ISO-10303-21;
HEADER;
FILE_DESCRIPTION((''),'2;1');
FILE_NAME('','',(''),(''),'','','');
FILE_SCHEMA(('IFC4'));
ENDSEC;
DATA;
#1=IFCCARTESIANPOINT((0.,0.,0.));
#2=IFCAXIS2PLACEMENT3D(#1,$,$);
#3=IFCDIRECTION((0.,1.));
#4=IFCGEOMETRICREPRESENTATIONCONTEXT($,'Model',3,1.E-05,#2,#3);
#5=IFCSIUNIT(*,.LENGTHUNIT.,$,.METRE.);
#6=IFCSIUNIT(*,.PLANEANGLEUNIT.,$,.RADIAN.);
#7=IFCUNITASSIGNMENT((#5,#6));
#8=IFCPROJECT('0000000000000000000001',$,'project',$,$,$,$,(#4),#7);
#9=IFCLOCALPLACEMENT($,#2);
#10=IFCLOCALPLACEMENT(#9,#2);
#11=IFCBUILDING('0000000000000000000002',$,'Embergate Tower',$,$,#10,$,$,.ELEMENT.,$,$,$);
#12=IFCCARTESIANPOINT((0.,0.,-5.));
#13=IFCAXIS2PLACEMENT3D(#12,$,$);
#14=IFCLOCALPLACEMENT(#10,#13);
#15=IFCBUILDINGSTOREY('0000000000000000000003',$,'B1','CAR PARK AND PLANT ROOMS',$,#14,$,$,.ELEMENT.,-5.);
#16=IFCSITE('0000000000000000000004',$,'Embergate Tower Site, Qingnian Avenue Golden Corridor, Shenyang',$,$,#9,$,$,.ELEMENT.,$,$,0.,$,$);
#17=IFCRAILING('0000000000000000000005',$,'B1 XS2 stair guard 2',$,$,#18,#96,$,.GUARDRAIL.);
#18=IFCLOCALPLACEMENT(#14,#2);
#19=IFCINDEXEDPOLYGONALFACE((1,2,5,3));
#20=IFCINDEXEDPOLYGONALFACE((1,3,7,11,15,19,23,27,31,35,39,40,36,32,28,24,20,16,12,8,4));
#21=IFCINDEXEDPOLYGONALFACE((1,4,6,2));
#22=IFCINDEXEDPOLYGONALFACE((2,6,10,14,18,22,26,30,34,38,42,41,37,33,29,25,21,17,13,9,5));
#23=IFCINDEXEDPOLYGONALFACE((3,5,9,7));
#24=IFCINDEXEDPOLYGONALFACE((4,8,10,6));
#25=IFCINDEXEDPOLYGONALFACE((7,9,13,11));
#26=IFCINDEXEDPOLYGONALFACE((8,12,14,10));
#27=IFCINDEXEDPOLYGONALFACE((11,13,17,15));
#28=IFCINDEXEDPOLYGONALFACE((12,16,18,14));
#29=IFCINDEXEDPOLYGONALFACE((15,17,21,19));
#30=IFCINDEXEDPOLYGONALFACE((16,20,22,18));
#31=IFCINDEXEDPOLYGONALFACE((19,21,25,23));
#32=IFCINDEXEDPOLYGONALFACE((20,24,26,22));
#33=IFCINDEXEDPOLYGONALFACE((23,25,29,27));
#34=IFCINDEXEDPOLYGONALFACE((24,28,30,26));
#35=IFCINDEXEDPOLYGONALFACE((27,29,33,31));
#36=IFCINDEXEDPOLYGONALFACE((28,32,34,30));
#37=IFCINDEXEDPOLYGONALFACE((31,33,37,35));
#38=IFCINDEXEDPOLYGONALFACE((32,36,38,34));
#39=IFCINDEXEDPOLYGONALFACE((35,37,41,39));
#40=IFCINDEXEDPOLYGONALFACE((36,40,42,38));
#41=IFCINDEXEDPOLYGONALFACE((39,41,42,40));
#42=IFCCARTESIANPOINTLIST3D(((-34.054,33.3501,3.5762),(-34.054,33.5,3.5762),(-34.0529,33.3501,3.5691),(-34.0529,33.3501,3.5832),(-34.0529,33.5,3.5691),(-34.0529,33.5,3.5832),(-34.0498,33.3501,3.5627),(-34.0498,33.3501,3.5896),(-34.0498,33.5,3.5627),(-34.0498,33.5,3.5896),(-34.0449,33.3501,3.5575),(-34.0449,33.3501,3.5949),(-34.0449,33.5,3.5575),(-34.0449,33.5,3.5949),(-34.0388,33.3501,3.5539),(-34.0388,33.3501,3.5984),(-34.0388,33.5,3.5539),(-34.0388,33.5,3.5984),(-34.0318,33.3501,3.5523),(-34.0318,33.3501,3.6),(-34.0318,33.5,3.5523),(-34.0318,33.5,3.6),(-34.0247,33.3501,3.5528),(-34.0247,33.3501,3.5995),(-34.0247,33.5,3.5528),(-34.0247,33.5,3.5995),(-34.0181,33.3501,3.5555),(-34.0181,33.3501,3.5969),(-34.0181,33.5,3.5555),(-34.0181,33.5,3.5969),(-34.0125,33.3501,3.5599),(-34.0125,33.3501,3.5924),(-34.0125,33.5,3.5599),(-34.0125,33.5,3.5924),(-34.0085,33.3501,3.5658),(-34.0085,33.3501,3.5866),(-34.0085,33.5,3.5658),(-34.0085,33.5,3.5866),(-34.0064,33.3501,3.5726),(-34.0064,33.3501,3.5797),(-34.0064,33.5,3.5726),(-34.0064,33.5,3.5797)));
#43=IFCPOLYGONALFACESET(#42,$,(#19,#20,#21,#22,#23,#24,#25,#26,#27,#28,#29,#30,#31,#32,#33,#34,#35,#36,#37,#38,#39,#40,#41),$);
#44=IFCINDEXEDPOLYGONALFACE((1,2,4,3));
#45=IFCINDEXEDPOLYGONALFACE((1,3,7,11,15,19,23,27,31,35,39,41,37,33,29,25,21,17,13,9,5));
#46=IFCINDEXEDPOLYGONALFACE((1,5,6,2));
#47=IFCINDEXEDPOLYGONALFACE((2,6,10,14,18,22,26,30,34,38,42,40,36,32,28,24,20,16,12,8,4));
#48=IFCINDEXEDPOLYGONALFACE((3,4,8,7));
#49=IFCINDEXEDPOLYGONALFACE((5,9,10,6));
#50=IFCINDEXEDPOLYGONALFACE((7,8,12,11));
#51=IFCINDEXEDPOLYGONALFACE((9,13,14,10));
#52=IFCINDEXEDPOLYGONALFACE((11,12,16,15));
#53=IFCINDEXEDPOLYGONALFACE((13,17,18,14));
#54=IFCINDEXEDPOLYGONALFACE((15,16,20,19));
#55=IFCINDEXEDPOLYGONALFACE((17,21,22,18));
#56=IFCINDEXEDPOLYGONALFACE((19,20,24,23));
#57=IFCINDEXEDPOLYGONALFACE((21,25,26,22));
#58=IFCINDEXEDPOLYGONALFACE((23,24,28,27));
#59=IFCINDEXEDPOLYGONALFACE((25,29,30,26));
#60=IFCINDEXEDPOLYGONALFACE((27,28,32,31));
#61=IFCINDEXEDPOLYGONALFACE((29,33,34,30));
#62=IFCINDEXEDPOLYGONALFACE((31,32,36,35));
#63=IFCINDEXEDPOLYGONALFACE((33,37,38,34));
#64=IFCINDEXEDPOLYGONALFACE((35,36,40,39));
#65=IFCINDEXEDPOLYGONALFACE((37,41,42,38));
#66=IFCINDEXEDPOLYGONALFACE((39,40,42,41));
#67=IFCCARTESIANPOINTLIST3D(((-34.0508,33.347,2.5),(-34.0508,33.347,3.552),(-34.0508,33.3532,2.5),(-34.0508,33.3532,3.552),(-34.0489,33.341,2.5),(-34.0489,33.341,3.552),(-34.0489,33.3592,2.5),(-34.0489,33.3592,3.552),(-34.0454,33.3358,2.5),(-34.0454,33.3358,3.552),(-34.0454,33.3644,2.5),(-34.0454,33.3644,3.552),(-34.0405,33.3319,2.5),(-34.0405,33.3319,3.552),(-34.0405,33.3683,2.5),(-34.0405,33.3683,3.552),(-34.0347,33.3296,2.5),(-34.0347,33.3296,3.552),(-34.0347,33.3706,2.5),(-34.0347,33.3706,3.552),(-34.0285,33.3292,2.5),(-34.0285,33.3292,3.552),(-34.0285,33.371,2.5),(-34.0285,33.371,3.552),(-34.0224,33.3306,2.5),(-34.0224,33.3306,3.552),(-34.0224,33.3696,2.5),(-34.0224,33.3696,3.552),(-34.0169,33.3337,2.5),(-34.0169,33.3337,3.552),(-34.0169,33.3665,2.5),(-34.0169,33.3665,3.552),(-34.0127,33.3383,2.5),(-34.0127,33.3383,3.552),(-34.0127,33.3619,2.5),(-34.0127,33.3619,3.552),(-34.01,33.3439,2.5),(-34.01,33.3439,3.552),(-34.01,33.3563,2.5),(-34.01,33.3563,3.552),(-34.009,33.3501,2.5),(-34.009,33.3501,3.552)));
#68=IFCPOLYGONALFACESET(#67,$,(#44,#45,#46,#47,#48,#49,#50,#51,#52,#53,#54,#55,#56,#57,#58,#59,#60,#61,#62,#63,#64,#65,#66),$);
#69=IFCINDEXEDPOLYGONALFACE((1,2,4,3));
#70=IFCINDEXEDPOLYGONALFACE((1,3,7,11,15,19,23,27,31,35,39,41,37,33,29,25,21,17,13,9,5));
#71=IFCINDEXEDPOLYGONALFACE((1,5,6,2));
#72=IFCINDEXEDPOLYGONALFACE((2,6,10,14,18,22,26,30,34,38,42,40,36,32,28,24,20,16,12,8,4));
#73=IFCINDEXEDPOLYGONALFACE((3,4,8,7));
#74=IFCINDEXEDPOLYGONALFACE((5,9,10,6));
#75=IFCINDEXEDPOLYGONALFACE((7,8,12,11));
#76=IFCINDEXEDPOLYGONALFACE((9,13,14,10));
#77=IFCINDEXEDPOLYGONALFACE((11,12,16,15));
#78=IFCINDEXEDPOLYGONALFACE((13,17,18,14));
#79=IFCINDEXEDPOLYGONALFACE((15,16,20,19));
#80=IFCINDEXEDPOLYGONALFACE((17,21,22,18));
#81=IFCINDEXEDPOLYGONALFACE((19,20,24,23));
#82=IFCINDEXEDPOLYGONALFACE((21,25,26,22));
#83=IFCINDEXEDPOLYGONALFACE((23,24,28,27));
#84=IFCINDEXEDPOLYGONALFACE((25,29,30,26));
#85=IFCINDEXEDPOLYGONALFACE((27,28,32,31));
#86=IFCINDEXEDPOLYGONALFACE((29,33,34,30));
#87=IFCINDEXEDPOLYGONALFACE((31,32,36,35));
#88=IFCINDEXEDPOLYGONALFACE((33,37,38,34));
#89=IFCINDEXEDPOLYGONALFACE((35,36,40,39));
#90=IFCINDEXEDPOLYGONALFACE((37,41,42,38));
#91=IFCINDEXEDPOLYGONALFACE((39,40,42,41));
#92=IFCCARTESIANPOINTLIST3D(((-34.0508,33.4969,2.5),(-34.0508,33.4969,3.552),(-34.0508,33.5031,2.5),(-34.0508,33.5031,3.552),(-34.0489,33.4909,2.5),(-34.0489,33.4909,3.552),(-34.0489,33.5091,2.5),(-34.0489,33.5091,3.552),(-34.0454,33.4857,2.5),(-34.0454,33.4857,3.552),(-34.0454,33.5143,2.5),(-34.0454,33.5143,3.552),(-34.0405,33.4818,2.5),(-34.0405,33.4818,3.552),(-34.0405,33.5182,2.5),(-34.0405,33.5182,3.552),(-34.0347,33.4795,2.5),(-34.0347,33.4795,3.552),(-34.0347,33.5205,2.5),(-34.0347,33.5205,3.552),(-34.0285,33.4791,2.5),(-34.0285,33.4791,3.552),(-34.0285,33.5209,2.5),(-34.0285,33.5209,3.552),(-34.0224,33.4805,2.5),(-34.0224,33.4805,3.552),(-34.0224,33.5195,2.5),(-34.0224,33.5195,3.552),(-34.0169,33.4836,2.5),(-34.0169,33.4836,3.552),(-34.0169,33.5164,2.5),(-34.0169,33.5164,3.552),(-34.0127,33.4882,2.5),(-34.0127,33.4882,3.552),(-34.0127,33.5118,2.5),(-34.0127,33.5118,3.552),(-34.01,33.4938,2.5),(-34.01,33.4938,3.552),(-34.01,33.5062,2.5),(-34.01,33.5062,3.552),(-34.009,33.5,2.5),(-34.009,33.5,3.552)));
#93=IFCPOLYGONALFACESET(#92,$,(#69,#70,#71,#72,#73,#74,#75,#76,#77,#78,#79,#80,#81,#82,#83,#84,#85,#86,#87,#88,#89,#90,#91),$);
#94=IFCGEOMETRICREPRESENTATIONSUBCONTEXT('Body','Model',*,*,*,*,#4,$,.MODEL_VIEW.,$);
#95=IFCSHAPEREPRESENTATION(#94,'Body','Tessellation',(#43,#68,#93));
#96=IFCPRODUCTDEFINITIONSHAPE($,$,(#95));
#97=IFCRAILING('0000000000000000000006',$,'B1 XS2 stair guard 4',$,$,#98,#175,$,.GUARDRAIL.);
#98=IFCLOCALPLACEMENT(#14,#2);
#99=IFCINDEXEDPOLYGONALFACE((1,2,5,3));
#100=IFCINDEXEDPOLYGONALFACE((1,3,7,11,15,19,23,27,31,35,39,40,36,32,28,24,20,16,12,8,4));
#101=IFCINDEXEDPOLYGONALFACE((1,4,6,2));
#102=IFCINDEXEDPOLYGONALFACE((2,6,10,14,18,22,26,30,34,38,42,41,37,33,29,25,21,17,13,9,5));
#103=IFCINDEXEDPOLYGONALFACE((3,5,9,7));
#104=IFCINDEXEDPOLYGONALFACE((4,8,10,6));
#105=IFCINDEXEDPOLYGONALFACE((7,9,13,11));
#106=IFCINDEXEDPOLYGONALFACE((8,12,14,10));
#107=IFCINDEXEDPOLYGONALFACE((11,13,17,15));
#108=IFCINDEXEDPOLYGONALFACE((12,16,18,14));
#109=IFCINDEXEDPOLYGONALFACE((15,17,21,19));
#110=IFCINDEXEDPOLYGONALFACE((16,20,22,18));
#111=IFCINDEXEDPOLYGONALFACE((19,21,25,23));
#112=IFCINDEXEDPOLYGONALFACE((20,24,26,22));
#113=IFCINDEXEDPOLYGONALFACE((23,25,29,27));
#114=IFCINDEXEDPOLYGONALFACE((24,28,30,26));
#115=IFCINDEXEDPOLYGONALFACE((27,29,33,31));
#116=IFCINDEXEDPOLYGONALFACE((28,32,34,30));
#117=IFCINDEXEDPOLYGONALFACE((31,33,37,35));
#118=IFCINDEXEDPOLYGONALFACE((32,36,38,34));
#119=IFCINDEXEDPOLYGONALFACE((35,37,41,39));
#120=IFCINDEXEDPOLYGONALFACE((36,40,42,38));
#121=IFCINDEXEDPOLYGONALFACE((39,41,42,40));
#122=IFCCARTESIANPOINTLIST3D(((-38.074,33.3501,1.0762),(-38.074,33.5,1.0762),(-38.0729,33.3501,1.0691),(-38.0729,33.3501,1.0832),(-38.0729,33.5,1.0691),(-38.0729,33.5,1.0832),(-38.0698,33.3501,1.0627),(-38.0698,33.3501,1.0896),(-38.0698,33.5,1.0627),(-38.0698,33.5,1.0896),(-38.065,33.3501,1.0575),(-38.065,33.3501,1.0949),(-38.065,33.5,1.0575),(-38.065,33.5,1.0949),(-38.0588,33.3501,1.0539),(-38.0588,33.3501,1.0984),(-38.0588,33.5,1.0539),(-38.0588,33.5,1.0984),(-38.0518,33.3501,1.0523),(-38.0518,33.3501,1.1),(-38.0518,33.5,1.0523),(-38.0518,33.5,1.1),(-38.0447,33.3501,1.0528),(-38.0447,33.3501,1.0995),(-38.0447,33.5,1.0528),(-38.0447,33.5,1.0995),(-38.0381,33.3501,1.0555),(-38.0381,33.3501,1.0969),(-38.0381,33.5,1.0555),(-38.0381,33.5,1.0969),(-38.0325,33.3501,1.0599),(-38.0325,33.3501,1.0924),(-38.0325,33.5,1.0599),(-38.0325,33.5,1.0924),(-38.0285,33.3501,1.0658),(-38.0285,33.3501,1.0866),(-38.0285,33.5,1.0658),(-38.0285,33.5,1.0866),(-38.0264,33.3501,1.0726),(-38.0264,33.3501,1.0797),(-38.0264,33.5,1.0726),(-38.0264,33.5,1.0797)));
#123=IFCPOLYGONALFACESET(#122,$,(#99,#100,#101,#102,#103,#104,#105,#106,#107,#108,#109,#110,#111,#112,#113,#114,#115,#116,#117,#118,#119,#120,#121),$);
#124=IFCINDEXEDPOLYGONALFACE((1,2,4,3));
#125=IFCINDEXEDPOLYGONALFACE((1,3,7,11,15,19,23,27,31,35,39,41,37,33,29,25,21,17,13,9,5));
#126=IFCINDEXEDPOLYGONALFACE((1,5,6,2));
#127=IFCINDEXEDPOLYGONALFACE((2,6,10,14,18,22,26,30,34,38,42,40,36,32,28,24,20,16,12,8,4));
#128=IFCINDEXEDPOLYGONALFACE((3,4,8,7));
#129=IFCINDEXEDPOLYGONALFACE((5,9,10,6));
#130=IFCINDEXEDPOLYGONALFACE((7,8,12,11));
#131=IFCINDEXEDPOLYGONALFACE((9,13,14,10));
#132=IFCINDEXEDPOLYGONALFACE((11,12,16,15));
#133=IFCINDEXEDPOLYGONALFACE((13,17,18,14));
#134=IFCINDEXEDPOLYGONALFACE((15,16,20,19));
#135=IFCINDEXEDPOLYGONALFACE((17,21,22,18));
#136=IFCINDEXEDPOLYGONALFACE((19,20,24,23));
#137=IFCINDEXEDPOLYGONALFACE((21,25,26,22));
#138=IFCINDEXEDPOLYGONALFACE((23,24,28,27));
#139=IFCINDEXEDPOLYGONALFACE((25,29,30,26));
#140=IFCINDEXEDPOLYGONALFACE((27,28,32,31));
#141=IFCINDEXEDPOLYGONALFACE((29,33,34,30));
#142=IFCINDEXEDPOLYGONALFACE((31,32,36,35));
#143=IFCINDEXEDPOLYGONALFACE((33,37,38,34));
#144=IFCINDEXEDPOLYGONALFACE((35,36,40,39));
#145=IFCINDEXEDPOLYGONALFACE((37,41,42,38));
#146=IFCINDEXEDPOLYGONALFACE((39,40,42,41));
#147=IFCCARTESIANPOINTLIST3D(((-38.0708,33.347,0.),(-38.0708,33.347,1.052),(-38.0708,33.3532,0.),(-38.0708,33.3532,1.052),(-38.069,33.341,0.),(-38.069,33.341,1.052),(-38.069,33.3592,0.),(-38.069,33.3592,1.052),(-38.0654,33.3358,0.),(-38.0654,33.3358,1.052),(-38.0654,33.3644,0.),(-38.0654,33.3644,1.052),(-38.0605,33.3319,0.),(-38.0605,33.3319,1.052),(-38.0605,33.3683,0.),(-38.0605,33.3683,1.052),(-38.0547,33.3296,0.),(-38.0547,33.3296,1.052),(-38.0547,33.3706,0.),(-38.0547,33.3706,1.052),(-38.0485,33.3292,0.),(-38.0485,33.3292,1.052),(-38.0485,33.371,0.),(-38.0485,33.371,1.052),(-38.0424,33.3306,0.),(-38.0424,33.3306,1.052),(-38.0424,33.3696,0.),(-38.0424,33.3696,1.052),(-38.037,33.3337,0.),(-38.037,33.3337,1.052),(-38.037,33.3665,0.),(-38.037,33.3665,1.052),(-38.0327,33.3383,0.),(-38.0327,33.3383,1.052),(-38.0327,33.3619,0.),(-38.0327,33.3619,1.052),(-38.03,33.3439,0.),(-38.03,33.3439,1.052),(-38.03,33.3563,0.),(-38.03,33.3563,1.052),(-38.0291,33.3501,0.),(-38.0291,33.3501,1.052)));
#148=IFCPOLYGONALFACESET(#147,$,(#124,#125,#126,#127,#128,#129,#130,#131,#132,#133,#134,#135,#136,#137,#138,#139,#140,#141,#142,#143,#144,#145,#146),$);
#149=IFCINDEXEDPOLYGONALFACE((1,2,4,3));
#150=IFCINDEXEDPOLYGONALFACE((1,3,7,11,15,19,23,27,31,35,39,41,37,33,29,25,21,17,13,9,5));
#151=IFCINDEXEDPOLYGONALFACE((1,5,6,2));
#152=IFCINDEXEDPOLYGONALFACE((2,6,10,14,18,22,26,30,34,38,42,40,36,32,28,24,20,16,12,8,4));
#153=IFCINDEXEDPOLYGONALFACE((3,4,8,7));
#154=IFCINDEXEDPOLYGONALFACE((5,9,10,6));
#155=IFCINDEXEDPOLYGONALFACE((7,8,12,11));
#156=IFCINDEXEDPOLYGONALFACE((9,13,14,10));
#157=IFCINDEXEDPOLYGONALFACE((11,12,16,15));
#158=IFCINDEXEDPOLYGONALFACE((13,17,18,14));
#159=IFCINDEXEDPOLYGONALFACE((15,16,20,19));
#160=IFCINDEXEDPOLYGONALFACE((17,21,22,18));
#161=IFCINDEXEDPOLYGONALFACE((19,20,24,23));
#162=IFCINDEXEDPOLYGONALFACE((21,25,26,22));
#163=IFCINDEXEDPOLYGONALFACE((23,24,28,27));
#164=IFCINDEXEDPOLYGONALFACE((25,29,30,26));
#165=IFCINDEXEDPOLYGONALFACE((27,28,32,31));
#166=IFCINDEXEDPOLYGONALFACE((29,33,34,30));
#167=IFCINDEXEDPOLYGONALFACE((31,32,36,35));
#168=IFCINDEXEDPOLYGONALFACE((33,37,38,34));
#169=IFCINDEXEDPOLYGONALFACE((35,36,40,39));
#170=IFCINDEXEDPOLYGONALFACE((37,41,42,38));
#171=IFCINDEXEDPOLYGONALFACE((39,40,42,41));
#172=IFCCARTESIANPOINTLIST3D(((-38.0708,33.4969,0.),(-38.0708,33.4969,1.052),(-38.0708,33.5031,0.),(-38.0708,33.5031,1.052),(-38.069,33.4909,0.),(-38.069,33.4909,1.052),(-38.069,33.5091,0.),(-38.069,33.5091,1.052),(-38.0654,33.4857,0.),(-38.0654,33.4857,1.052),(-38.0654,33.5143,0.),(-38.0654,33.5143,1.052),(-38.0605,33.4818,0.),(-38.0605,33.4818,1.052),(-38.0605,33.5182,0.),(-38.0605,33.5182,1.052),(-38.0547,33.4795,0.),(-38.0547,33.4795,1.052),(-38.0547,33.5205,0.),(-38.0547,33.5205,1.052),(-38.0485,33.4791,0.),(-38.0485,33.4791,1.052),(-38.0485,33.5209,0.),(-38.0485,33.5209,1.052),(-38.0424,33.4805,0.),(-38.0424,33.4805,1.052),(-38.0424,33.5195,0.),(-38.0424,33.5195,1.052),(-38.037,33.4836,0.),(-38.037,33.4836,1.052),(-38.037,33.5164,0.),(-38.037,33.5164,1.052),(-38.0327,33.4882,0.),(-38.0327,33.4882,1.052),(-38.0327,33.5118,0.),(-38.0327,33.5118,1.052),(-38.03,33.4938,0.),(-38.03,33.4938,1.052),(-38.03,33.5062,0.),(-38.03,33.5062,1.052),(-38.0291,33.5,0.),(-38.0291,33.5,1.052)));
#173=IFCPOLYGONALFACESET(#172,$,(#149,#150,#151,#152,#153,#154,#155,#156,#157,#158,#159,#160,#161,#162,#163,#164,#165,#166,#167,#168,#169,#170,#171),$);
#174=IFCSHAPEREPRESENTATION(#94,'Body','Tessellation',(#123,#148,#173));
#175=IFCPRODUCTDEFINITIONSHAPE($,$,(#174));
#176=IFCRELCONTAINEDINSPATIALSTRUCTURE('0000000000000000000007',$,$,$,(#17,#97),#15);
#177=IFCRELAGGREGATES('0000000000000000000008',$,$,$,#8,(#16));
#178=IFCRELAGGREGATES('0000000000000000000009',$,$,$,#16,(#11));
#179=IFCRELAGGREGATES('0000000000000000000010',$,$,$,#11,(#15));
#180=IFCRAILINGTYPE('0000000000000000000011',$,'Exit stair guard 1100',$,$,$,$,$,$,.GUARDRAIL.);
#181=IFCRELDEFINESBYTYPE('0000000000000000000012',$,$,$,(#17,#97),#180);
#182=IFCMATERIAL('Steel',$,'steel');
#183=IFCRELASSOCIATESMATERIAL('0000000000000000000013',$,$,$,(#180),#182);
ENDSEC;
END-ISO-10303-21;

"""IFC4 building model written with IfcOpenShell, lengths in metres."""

from ifc_helpers import new_model, si_unit, direction, frame, origin, origin_2d, place, context, subcontext, project, spatial, circle, extrude, source, transform, mapped, material, type_object, element, save


model = new_model("IFC4")

# Units and contexts
model_context = context("Model", 3, precision=1e-05, world=origin(), true_north=direction((0.0, 1.0)))
body_context = subcontext(model_context, "Body", "Model", "MODEL_VIEW")
ifc_project = project(units=[si_unit("LENGTHUNIT", "METRE"), si_unit("PLANEANGLEUNIT", "RADIAN")], contexts=[model_context])

# Site, building, storey
site_placement = place(None, origin())
site = spatial("IfcSite", under=ifc_project, at=site_placement, Name="Embergate Tower Site, Qingnian Avenue Golden Corridor, Shenyang", CompositionType="ELEMENT", RefElevation=0.0)
building_placement = place(site_placement, origin())
building = spatial("IfcBuilding", under=site, at=building_placement, Name="Embergate Tower", CompositionType="ELEMENT")
storey_placement = place(building_placement, frame((0.0, 0.0, -5.0)))
storey = spatial("IfcBuildingStorey", under=building, at=storey_placement, Name="B1", Description="CAR PARK AND PLANT ROOMS", CompositionType="ELEMENT", Elevation=-5.0)

# Railings
ifc_material_1 = material(Name="Steel", Category="steel")
railing_type_1 = type_object("IfcRailingType", Name="Exit stair guard 1100", PredefinedType="GUARDRAIL", material=ifc_material_1)
shared_shape_1 = source(origin(), body_context, "Body", "SweptSolid", [
    extrude(circle(Radius=0.0239, at=origin_2d()), frame((0.0, 0.0, 1.0762), z_axis=(0.0, 1.0, 0.0), x_axis=(-1.0, 0.0, 0.0)), (0.0, 0.0, 1.0), 0.1499),
    extrude(circle(Radius=0.021, at=origin_2d()), origin(), (0.0, 0.0, 1.0), 1.052),
    extrude(circle(Radius=0.021, at=origin_2d()), frame((0.0, 0.1499, 0.0)), (0.0, 0.0, 1.0), 1.052),
])
for number, where, name in (
    (1, (-34.03, 33.3501, 2.5), "B1 XS2 stair guard 2"),
    (2, (-38.05, 33.3501, 0.0), "B1 XS2 stair guard 4"),
):
    element("IfcRailing", number, at=place(storey_placement, frame(where)), inside=storey, type_object=railing_type_1, Name=name, PredefinedType="GUARDRAIL", context=body_context, shape_type="MappedRepresentation", body=[
        mapped(shared_shape_1, transform((0.0, 0.0, 0.0))),
    ])

save(model, "model.ifc")
